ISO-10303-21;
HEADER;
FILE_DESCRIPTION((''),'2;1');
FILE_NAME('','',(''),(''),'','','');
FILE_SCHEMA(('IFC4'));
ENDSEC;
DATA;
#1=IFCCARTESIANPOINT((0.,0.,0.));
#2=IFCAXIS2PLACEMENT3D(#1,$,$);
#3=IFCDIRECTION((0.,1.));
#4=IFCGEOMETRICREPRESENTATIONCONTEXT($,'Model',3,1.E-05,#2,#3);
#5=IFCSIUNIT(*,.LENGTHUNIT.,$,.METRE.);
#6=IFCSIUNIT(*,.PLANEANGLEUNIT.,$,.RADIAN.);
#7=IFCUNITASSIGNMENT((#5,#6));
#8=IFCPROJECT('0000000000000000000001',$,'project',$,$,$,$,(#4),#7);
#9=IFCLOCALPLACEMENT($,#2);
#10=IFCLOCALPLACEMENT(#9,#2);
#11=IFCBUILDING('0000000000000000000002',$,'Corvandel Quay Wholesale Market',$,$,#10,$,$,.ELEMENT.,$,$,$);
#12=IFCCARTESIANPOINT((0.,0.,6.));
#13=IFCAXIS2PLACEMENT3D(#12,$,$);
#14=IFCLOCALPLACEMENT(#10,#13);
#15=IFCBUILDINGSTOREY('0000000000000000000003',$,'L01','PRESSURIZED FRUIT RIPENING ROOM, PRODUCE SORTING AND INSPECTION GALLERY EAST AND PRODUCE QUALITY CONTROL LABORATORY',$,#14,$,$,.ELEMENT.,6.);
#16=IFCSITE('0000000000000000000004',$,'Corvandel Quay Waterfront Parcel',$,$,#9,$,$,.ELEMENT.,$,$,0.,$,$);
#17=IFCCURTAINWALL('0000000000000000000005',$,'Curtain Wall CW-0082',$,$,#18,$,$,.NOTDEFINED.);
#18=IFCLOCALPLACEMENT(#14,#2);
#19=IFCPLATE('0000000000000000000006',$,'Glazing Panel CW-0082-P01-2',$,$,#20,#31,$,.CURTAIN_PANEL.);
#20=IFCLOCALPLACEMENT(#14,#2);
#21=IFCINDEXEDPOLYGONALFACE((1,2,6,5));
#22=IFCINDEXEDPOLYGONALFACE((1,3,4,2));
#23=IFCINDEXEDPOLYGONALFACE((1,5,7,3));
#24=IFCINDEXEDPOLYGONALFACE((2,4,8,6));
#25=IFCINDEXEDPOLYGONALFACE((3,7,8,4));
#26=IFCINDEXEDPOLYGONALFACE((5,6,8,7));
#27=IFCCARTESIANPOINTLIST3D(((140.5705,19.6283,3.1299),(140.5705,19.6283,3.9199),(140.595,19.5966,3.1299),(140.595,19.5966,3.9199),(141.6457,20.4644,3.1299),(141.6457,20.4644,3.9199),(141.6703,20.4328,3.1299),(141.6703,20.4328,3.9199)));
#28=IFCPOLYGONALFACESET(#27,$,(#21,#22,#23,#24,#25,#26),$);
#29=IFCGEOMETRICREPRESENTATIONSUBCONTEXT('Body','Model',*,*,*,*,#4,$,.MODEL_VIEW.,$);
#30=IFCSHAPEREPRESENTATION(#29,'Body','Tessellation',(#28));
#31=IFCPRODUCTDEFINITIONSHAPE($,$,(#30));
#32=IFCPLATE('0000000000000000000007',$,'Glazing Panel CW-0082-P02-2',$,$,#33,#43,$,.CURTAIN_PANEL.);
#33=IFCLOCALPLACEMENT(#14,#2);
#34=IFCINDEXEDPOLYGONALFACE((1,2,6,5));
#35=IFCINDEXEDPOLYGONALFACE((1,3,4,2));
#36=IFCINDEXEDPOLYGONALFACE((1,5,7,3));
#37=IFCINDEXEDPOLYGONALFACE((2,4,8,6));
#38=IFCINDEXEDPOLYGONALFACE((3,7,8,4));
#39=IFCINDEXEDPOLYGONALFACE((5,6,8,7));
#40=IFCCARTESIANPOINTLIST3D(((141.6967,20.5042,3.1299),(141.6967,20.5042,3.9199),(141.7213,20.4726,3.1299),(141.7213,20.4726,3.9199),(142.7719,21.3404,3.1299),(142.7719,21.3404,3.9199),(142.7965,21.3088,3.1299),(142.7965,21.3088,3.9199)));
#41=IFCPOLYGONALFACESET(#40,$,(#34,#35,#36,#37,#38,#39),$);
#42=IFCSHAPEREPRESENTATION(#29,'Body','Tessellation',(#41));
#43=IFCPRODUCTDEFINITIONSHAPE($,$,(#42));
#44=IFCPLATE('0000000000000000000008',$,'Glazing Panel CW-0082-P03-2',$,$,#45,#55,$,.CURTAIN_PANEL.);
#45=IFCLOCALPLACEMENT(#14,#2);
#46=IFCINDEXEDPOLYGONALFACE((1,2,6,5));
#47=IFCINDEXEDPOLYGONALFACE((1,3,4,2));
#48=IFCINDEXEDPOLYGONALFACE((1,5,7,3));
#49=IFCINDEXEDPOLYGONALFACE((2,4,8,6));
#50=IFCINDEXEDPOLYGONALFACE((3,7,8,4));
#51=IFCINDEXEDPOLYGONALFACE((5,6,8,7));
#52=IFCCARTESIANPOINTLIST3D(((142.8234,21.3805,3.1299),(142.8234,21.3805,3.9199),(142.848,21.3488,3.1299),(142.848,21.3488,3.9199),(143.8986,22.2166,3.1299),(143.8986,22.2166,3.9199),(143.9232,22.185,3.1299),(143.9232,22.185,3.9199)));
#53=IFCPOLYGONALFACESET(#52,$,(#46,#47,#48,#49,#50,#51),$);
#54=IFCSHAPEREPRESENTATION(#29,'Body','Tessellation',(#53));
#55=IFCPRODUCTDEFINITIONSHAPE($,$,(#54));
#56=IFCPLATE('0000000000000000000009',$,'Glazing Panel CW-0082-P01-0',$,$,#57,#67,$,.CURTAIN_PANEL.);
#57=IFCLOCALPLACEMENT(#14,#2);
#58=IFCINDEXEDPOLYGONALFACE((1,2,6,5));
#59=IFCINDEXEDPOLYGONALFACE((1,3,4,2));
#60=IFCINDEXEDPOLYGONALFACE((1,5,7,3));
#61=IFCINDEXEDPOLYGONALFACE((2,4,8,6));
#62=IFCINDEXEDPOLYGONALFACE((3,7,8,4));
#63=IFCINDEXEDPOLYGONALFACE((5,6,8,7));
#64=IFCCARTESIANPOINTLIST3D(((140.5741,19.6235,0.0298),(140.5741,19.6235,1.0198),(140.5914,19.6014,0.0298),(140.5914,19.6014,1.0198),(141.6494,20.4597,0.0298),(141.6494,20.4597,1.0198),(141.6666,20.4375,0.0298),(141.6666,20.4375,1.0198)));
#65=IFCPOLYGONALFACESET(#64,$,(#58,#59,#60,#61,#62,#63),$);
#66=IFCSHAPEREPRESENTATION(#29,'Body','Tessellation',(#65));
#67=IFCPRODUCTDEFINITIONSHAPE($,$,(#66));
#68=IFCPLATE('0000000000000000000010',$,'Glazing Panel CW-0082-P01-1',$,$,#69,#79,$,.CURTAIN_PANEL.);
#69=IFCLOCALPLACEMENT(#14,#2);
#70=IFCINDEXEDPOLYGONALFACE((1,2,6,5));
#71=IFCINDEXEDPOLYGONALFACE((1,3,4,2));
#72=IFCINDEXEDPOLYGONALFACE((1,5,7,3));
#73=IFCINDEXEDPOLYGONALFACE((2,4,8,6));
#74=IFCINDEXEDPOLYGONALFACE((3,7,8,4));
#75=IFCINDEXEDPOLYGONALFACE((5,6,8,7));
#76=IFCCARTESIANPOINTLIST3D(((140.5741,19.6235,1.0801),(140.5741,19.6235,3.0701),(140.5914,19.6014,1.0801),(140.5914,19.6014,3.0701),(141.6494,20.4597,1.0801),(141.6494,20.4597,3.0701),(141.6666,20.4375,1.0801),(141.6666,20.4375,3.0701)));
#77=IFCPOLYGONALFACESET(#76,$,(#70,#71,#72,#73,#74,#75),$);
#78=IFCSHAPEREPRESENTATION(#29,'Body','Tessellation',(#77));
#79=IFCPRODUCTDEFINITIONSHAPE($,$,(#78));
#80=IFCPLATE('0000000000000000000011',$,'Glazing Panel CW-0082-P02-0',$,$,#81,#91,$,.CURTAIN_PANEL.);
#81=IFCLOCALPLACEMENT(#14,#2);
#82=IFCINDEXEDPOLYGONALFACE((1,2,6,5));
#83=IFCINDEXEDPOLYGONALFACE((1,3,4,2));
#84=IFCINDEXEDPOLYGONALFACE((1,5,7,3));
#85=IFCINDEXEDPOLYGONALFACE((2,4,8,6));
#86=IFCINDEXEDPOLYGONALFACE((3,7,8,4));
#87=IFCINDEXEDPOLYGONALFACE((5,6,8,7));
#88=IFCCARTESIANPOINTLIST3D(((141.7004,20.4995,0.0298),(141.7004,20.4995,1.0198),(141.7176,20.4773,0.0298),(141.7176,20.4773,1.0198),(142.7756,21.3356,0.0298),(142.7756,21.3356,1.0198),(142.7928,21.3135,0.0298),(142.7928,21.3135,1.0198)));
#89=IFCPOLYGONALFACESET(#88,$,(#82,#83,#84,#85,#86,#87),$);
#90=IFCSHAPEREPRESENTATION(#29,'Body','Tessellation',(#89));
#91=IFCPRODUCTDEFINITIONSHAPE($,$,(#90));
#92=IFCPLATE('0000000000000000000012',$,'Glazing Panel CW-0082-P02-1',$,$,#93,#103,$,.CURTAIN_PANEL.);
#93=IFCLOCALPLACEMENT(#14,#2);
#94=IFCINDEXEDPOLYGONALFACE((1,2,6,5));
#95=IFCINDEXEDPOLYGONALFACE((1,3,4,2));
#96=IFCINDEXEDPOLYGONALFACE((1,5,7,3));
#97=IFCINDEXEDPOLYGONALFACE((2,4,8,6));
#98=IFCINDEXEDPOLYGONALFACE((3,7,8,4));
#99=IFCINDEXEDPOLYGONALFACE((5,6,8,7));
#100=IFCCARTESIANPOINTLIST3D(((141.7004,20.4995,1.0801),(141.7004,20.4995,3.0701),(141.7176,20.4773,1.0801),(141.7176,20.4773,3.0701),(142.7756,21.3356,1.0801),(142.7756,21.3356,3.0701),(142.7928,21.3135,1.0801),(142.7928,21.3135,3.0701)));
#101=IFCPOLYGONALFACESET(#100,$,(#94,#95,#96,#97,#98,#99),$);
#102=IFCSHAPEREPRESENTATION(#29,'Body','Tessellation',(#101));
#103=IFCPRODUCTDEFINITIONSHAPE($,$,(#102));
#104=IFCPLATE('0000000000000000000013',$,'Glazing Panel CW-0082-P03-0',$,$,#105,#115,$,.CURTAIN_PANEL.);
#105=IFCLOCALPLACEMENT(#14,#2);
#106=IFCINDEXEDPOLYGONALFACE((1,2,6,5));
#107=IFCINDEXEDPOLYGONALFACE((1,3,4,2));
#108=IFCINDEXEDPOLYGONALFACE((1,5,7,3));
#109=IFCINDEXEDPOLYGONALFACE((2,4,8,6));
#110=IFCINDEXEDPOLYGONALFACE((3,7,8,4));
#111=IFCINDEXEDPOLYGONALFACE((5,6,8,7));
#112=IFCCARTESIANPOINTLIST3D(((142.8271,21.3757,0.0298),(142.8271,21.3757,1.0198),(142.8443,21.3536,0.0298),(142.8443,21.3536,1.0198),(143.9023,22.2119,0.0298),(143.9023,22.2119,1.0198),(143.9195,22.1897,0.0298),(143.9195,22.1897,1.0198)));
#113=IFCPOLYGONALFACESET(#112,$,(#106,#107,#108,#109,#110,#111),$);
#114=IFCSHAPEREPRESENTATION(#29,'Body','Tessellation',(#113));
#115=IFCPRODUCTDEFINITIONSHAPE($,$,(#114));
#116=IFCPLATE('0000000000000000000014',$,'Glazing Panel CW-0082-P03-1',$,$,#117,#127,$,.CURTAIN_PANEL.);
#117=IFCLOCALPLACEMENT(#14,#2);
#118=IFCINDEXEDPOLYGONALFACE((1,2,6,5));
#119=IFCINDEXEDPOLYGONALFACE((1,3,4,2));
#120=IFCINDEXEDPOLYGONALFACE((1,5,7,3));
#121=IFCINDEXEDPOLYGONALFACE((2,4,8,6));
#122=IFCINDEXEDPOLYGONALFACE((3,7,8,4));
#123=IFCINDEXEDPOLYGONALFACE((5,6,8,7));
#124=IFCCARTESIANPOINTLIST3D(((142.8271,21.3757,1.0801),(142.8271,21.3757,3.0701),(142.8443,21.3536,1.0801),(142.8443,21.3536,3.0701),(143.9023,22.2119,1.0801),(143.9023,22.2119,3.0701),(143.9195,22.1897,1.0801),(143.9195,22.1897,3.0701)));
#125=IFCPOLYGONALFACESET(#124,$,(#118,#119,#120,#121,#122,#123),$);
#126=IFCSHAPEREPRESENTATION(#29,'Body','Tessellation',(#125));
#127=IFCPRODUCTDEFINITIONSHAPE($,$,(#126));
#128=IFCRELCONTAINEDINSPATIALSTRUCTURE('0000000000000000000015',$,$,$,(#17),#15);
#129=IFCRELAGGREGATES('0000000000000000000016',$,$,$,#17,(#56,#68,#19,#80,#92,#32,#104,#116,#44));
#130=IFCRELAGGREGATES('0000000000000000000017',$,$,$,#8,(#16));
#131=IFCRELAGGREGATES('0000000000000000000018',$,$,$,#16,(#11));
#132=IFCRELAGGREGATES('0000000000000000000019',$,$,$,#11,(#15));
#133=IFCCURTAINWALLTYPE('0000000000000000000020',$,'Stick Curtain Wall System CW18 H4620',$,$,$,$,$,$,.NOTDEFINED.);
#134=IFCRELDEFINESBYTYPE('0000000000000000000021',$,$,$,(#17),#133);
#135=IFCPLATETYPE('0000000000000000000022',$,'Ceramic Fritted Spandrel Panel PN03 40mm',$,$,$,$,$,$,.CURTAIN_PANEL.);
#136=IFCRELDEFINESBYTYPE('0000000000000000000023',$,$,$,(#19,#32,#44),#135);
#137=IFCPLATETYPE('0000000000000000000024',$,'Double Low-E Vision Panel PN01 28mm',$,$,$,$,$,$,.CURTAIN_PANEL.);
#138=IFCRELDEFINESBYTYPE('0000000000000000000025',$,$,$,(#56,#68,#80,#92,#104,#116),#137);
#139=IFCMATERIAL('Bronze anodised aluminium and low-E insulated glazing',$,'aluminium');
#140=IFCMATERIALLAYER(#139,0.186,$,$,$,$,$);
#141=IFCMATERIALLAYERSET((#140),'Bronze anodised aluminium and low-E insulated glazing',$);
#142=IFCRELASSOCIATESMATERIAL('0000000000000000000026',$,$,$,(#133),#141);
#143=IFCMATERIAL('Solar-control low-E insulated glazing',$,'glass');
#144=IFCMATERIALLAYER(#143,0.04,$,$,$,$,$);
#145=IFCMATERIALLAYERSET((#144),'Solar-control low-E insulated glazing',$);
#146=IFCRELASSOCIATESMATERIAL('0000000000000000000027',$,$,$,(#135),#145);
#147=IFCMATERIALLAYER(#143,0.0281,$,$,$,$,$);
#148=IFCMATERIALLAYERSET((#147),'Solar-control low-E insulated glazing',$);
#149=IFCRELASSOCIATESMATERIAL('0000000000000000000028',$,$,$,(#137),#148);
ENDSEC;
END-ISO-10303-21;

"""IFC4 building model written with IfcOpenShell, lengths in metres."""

from ifc_helpers import new_model, si_unit, direction, frame, origin, origin_2d, place, context, subcontext, project, spatial, rectangle, extrude, material, layer, layer_set, type_object, element, aggregate, save


model = new_model("IFC4")

# Units and contexts
model_context = context("Model", 3, precision=1e-05, world=origin(), true_north=direction((0.0, 1.0)))
body_context = subcontext(model_context, "Body", "Model", "MODEL_VIEW")
ifc_project = project(units=[si_unit("LENGTHUNIT", "METRE"), si_unit("PLANEANGLEUNIT", "RADIAN")], contexts=[model_context])

# Site, building, storey
site_placement = place(None, origin())
site = spatial("IfcSite", under=ifc_project, at=site_placement, Name="Corvandel Quay Waterfront Parcel", CompositionType="ELEMENT", RefElevation=0.0)
building_placement = place(site_placement, origin())
building = spatial("IfcBuilding", under=site, at=building_placement, Name="Corvandel Quay Wholesale Market", CompositionType="ELEMENT")
storey_placement = place(building_placement, frame((0.0, 0.0, 6.0)))
storey = spatial("IfcBuildingStorey", under=building, at=storey_placement, Name="L01", Description="PRESSURIZED FRUIT RIPENING ROOM, PRODUCE SORTING AND INSPECTION GALLERY EAST AND PRODUCE QUALITY CONTROL LABORATORY", CompositionType="ELEMENT", Elevation=6.0)

# Curtain wall, plates
ifc_material_1 = material(Name="Bronze anodised aluminium and low-E insulated glazing", Category="aluminium")
ifc_layer_1 = layer(ifc_material_1, 0.186)
ifc_layer_set_1 = layer_set([ifc_layer_1], Name="Bronze anodised aluminium and low-E insulated glazing")
curtain_wall_type = type_object("IfcCurtainWallType", Name="Stick Curtain Wall System CW18 H4620", PredefinedType="NOTDEFINED", material=ifc_layer_set_1)
curtain_wall_placement = place(storey_placement, origin())
curtain_wall = element("IfcCurtainWall", 1, at=curtain_wall_placement, inside=storey, type_object=curtain_wall_type, Name="Curtain Wall CW-0082", PredefinedType="NOTDEFINED")
ifc_material_2 = material(Name="Solar-control low-E insulated glazing", Category="glass")
ifc_layer_2 = layer(ifc_material_2, 0.04)
ifc_layer_set_2 = layer_set([ifc_layer_2], Name="Solar-control low-E insulated glazing")
plate_type_1 = type_object("IfcPlateType", Name="Ceramic Fritted Spandrel Panel PN03 40mm", PredefinedType="CURTAIN_PANEL", material=ifc_layer_set_2)
plate_1_placement = place(storey_placement, frame((141.1204, 20.0305, 3.1299), z_axis=(0.0, 0.0, 1.0), x_axis=(0.789406, 0.613872, 0.0)))
plate_1 = element("IfcPlate", 2, at=plate_1_placement, type_object=plate_type_1, Name="Glazing Panel CW-0082-P01-2", PredefinedType="CURTAIN_PANEL", context=body_context, shape_type="SweptSolid", body=[
    extrude(rectangle(XDim=1.3621, YDim=0.04, at=origin_2d()), origin(), (0.0, 0.0, 1.0), 0.79),
])
plate_2_placement = place(storey_placement, frame((142.2466, 20.9065, 3.1299), z_axis=(0.0, 0.0, 1.0), x_axis=(0.789406, 0.613872, 0.0)))
plate_2 = element("IfcPlate", 3, at=plate_2_placement, type_object=plate_type_1, Name="Glazing Panel CW-0082-P02-2", PredefinedType="CURTAIN_PANEL", context=body_context, shape_type="SweptSolid", body=[
    extrude(rectangle(XDim=1.3621, YDim=0.04, at=origin_2d()), origin(), (0.0, 0.0, 1.0), 0.79),
])
plate_3_placement = place(storey_placement, frame((143.3733, 21.7827, 3.1299), z_axis=(0.0, 0.0, 1.0), x_axis=(0.789406, 0.613872, 0.0)))
plate_3 = element("IfcPlate", 4, at=plate_3_placement, type_object=plate_type_1, Name="Glazing Panel CW-0082-P03-2", PredefinedType="CURTAIN_PANEL", context=body_context, shape_type="SweptSolid", body=[
    extrude(rectangle(XDim=1.3621, YDim=0.04, at=origin_2d()), origin(), (0.0, 0.0, 1.0), 0.79),
])
ifc_layer_3 = layer(ifc_material_2, 0.0281)
ifc_layer_set_3 = layer_set([ifc_layer_3], Name="Solar-control low-E insulated glazing")
plate_type_2 = type_object("IfcPlateType", Name="Double Low-E Vision Panel PN01 28mm", PredefinedType="CURTAIN_PANEL", material=ifc_layer_set_3)
plate_4_placement = place(storey_placement, frame((141.1204, 20.0305, 0.0298), z_axis=(0.0, 0.0, 1.0), x_axis=(0.789406, 0.613872, 0.0)))
plate_4 = element("IfcPlate", 5, at=plate_4_placement, type_object=plate_type_2, Name="Glazing Panel CW-0082-P01-0", PredefinedType="CURTAIN_PANEL", context=body_context, shape_type="SweptSolid", body=[
    extrude(rectangle(XDim=1.3621, YDim=0.0281, at=origin_2d()), origin(), (0.0, 0.0, 1.0), 0.99),
])
plate_5_placement = place(storey_placement, frame((141.1204, 20.0305, 1.0801), z_axis=(0.0, 0.0, 1.0), x_axis=(0.789406, 0.613872, 0.0)))
plate_5 = element("IfcPlate", 6, at=plate_5_placement, type_object=plate_type_2, Name="Glazing Panel CW-0082-P01-1", PredefinedType="CURTAIN_PANEL", context=body_context, shape_type="SweptSolid", body=[
    extrude(rectangle(XDim=1.3621, YDim=0.0281, at=origin_2d()), origin(), (0.0, 0.0, 1.0), 1.99),
])
plate_6_placement = place(storey_placement, frame((142.2466, 20.9065, 0.0298), z_axis=(0.0, 0.0, 1.0), x_axis=(0.789406, 0.613872, 0.0)))
plate_6 = element("IfcPlate", 7, at=plate_6_placement, type_object=plate_type_2, Name="Glazing Panel CW-0082-P02-0", PredefinedType="CURTAIN_PANEL", context=body_context, shape_type="SweptSolid", body=[
    extrude(rectangle(XDim=1.3621, YDim=0.0281, at=origin_2d()), origin(), (0.0, 0.0, 1.0), 0.99),
])
plate_7_placement = place(storey_placement, frame((142.2466, 20.9065, 1.0801), z_axis=(0.0, 0.0, 1.0), x_axis=(0.789406, 0.613872, 0.0)))
plate_7 = element("IfcPlate", 8, at=plate_7_placement, type_object=plate_type_2, Name="Glazing Panel CW-0082-P02-1", PredefinedType="CURTAIN_PANEL", context=body_context, shape_type="SweptSolid", body=[
    extrude(rectangle(XDim=1.3621, YDim=0.0281, at=origin_2d()), origin(), (0.0, 0.0, 1.0), 1.99),
])
plate_8_placement = place(storey_placement, frame((143.3733, 21.7827, 0.0298), z_axis=(0.0, 0.0, 1.0), x_axis=(0.789406, 0.613872, 0.0)))
plate_8 = element("IfcPlate", 9, at=plate_8_placement, type_object=plate_type_2, Name="Glazing Panel CW-0082-P03-0", PredefinedType="CURTAIN_PANEL", context=body_context, shape_type="SweptSolid", body=[
    extrude(rectangle(XDim=1.3621, YDim=0.0281, at=origin_2d()), origin(), (0.0, 0.0, 1.0), 0.99),
])
plate_9_placement = place(storey_placement, frame((143.3733, 21.7827, 1.0801), z_axis=(0.0, 0.0, 1.0), x_axis=(0.789406, 0.613872, 0.0)))
plate_9 = element("IfcPlate", 10, at=plate_9_placement, type_object=plate_type_2, Name="Glazing Panel CW-0082-P03-1", PredefinedType="CURTAIN_PANEL", context=body_context, shape_type="SweptSolid", body=[
    extrude(rectangle(XDim=1.3621, YDim=0.0281, at=origin_2d()), origin(), (0.0, 0.0, 1.0), 1.99),
])
aggregate(curtain_wall, [plate_4, plate_5, plate_1, plate_6, plate_7, plate_2, plate_8, plate_9, plate_3])

save(model, "model.ifc")
